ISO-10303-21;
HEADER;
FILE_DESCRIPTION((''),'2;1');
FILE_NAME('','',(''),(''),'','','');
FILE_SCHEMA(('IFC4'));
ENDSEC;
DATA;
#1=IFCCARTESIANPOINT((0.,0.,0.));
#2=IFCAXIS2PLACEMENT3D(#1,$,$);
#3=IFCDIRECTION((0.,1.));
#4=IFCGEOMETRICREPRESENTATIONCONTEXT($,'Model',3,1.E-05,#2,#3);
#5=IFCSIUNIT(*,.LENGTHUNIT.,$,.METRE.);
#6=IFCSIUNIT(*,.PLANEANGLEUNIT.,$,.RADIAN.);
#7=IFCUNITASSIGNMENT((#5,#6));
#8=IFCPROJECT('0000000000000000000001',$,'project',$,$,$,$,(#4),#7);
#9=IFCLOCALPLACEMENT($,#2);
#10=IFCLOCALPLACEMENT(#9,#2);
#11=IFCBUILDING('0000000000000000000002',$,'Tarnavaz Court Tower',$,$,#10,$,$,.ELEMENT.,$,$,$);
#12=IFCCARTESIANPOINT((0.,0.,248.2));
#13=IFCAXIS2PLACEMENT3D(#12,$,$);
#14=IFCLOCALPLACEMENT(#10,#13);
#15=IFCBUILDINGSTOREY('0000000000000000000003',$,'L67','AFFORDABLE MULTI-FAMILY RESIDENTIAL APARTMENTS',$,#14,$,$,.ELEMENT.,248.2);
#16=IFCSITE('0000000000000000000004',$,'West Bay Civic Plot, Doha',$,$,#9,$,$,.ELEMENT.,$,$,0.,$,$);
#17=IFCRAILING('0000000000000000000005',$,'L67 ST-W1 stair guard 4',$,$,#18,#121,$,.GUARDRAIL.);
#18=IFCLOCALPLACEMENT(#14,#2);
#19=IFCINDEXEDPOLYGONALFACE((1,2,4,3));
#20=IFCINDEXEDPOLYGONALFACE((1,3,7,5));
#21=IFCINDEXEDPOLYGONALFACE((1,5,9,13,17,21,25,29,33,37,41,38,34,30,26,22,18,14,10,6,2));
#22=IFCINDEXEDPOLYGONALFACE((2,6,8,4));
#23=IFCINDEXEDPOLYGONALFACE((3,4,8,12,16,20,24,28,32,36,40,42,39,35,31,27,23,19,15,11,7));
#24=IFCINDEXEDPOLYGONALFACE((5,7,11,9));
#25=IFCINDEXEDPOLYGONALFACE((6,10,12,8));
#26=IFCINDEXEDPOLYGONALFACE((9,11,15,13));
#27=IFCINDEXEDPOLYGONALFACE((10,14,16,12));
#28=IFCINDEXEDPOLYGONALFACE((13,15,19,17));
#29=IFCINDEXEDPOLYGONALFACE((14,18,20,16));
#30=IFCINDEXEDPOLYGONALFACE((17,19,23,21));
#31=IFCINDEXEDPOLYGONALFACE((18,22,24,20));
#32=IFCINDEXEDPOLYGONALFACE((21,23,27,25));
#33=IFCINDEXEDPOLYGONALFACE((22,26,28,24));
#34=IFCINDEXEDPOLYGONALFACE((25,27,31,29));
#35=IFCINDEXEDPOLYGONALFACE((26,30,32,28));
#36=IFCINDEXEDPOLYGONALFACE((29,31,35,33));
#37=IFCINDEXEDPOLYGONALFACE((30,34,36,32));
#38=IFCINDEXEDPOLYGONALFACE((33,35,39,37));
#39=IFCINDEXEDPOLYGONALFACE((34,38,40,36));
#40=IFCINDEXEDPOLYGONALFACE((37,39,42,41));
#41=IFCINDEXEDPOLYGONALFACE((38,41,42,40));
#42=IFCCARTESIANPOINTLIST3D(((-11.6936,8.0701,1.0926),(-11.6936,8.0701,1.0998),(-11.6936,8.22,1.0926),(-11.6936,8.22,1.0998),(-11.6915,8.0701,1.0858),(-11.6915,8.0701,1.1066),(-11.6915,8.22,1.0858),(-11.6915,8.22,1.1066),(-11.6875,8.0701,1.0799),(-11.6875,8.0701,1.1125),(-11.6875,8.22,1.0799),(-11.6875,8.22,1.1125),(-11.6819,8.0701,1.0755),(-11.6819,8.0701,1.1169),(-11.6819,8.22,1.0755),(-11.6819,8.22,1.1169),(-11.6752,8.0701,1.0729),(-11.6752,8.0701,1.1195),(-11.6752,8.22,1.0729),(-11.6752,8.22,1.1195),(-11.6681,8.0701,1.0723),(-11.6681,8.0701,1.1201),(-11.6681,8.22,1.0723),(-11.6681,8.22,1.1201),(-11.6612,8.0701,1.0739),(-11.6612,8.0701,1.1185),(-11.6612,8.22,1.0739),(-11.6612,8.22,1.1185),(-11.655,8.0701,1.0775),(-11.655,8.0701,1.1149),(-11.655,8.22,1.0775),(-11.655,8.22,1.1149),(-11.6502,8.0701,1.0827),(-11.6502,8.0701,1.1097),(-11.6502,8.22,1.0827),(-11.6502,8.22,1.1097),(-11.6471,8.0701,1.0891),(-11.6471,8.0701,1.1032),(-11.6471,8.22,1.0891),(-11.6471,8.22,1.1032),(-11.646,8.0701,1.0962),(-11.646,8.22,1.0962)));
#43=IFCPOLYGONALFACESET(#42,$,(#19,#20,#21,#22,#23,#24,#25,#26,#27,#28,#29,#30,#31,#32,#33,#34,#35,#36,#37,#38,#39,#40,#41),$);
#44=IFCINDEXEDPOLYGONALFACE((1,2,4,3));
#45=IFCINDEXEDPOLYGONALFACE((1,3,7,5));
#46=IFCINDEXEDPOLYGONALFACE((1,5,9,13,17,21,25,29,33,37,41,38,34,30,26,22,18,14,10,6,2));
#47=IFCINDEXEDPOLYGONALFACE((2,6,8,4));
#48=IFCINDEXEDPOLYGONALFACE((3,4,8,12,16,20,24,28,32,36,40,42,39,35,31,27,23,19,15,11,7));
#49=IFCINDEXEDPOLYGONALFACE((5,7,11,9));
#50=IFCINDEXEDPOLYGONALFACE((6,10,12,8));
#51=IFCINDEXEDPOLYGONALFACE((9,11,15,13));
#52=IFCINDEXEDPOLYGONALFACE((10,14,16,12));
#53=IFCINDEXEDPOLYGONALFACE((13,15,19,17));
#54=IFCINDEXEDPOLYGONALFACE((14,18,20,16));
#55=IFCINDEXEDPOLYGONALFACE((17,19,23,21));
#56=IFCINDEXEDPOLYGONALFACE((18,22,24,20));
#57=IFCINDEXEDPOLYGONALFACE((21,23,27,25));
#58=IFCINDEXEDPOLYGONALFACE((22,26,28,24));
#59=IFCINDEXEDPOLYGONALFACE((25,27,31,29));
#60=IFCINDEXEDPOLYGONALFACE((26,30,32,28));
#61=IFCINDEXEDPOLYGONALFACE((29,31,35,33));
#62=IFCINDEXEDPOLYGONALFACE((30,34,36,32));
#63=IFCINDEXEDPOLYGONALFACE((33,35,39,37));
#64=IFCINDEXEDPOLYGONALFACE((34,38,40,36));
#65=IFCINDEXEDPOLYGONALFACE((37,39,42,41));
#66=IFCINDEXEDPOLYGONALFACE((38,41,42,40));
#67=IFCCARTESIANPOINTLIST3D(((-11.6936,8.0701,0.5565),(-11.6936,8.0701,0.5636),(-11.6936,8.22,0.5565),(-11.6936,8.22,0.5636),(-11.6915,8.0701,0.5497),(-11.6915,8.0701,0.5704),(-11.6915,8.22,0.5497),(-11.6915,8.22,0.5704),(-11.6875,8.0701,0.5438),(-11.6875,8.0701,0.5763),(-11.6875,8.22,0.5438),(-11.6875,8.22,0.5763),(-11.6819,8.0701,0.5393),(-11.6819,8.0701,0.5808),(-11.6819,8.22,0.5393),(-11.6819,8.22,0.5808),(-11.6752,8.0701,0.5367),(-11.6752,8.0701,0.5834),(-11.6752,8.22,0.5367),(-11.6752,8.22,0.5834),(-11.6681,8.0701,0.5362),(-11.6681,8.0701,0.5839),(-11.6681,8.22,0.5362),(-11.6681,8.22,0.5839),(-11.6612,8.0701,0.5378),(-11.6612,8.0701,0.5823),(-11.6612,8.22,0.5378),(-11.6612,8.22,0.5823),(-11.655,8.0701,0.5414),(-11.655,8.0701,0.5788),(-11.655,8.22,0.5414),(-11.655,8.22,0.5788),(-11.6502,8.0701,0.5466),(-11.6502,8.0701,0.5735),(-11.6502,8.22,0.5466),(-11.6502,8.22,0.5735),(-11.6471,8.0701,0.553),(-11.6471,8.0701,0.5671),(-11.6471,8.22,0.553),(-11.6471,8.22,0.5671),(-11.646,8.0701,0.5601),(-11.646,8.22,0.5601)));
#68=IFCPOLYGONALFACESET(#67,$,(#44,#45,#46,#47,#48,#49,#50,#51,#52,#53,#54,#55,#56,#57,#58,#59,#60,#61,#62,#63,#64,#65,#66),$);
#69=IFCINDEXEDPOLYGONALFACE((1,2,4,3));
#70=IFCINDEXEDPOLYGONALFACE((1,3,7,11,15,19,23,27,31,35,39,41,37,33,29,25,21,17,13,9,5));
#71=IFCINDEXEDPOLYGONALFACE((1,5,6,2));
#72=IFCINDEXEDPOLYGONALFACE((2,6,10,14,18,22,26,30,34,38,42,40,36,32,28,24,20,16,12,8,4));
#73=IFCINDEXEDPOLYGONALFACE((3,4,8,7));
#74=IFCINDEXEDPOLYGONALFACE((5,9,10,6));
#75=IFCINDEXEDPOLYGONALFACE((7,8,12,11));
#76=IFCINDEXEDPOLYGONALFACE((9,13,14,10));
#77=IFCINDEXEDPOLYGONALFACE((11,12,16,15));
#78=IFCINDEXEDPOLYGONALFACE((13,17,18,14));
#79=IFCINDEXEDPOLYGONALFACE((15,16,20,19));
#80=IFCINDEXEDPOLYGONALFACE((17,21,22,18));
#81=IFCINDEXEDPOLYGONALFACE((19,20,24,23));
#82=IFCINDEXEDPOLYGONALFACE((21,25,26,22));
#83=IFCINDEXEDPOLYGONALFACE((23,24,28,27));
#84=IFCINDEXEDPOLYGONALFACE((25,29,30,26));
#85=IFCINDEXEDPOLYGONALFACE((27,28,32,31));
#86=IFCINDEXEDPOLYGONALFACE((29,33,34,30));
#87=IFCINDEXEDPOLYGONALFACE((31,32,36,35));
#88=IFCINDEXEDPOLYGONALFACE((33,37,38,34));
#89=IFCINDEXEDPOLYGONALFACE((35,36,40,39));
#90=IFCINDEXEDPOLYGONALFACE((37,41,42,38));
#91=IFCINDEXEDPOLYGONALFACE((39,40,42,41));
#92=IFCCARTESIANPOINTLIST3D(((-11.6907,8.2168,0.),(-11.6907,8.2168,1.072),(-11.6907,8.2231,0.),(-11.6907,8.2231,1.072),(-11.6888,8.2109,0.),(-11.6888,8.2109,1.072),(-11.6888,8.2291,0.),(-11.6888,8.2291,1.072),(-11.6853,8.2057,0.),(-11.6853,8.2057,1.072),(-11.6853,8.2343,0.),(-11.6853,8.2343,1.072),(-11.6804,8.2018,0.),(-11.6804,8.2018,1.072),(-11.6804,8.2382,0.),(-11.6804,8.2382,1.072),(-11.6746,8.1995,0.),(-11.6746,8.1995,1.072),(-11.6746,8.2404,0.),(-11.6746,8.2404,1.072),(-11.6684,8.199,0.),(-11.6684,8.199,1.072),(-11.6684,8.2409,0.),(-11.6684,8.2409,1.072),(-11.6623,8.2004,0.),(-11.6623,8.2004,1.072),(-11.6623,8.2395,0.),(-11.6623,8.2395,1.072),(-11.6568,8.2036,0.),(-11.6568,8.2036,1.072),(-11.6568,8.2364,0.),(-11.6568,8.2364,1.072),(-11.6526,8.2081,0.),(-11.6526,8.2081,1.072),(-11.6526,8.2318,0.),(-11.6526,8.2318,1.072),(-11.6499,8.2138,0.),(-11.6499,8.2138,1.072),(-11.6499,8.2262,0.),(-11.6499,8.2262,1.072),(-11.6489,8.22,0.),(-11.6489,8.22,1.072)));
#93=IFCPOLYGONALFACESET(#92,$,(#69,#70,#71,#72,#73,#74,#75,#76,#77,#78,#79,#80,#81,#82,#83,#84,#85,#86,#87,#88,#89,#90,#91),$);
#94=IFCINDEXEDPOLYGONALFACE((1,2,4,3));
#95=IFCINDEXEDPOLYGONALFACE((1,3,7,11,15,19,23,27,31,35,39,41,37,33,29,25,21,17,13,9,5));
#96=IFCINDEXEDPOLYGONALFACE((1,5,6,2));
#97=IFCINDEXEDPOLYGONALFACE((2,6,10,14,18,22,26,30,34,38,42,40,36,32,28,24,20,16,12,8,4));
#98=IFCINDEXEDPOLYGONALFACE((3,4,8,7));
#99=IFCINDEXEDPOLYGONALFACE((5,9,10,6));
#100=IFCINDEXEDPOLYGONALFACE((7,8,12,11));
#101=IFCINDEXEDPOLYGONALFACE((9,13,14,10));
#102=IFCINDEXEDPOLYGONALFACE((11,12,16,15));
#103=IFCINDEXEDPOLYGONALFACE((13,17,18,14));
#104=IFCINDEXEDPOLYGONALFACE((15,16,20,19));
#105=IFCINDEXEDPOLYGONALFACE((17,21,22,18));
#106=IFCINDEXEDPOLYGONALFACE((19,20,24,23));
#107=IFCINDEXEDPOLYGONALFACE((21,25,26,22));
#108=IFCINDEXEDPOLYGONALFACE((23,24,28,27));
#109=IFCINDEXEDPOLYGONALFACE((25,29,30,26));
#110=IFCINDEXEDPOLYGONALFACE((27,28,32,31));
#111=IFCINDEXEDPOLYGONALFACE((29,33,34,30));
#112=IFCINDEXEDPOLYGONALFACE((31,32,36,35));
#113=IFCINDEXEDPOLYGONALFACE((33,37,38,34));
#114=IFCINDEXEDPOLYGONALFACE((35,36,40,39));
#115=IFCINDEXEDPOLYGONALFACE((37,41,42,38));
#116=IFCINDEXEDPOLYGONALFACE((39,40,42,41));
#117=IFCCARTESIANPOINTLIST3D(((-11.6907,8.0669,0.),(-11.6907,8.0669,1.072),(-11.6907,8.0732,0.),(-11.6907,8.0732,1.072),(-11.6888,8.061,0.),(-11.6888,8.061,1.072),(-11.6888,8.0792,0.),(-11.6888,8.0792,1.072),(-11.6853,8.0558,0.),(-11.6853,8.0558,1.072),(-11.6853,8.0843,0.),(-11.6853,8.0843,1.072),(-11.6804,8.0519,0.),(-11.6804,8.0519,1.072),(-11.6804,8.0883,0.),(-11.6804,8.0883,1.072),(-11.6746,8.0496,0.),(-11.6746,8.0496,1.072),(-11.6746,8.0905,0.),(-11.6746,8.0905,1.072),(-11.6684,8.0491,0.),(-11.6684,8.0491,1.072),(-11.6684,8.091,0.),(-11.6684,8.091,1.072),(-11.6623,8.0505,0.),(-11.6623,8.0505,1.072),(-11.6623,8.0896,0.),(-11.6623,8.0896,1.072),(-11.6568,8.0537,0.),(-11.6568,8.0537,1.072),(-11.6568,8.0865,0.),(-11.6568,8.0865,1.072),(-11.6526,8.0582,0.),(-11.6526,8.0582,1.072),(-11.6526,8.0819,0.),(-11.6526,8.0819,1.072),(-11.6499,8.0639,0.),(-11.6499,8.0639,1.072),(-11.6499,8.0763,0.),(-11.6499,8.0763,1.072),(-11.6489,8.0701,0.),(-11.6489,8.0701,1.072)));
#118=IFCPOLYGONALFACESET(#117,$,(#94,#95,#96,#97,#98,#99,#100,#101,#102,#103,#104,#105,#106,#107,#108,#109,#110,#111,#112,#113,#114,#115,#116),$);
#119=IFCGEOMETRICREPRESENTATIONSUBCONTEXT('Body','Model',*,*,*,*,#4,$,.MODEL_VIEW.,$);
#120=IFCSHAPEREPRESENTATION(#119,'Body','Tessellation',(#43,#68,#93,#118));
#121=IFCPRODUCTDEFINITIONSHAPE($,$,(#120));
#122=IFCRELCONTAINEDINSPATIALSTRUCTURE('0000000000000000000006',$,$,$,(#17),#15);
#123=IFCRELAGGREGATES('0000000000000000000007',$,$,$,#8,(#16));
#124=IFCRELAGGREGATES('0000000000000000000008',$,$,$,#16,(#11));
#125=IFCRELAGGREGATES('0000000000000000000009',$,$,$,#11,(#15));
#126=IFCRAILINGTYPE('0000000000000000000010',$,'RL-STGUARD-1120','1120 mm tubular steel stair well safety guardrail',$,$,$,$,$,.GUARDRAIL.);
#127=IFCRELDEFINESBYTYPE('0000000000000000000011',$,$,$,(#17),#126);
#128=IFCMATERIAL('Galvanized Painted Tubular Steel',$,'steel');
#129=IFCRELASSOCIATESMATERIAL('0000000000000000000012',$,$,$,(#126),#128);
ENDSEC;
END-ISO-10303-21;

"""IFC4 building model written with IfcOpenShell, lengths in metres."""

from ifc_helpers import new_model, si_unit, direction, frame, origin, origin_2d, place, context, subcontext, project, spatial, circle, extrude, material, type_object, element, save


model = new_model("IFC4")

# Units and contexts
model_context = context("Model", 3, precision=1e-05, world=origin(), true_north=direction((0.0, 1.0)))
body_context = subcontext(model_context, "Body", "Model", "MODEL_VIEW")
ifc_project = project(units=[si_unit("LENGTHUNIT", "METRE"), si_unit("PLANEANGLEUNIT", "RADIAN")], contexts=[model_context])

# Site, building, storey
site_placement = place(None, origin())
site = spatial("IfcSite", under=ifc_project, at=site_placement, Name="West Bay Civic Plot, Doha", CompositionType="ELEMENT", RefElevation=0.0)
building_placement = place(site_placement, origin())
building = spatial("IfcBuilding", under=site, at=building_placement, Name="Tarnavaz Court Tower", CompositionType="ELEMENT")
storey_placement = place(building_placement, frame((0.0, 0.0, 248.2)))
storey = spatial("IfcBuildingStorey", under=building, at=storey_placement, Name="L67", Description="AFFORDABLE MULTI-FAMILY RESIDENTIAL APARTMENTS", CompositionType="ELEMENT", Elevation=248.2)

# Railing
ifc_material_1 = material(Name="Galvanized Painted Tubular Steel", Category="steel")
railing_type_1 = type_object("IfcRailingType", Name="RL-STGUARD-1120", Description="1120 mm tubular steel stair well safety guardrail", PredefinedType="GUARDRAIL", material=ifc_material_1)
railing_1_placement = place(storey_placement, frame((-11.6699, 8.22, 0.0)))
element("IfcRailing", 1, at=railing_1_placement, inside=storey, type_object=railing_type_1, Name="L67 ST-W1 stair guard 4", PredefinedType="GUARDRAIL", context=body_context, shape_type="SweptSolid", body=[
    extrude(circle(Radius=0.0239, at=origin_2d()), frame((0.0, 0.0, 1.0962), z_axis=(0.0, -1.0, 0.0), x_axis=(1.0, 0.0, 0.0)), (0.0, 0.0, 1.0), 0.1499),
    extrude(circle(Radius=0.0239, at=origin_2d()), frame((0.0, 0.0, 0.5601), z_axis=(0.0, -1.0, 0.0), x_axis=(1.0, 0.0, 0.0)), (0.0, 0.0, 1.0), 0.1499),
    extrude(circle(Radius=0.021, at=origin_2d()), origin(), (0.0, 0.0, 1.0), 1.072),
    extrude(circle(Radius=0.021, at=origin_2d()), frame((0.0, -0.1499, 0.0)), (0.0, 0.0, 1.0), 1.072),
])

save(model, "model.ifc")
